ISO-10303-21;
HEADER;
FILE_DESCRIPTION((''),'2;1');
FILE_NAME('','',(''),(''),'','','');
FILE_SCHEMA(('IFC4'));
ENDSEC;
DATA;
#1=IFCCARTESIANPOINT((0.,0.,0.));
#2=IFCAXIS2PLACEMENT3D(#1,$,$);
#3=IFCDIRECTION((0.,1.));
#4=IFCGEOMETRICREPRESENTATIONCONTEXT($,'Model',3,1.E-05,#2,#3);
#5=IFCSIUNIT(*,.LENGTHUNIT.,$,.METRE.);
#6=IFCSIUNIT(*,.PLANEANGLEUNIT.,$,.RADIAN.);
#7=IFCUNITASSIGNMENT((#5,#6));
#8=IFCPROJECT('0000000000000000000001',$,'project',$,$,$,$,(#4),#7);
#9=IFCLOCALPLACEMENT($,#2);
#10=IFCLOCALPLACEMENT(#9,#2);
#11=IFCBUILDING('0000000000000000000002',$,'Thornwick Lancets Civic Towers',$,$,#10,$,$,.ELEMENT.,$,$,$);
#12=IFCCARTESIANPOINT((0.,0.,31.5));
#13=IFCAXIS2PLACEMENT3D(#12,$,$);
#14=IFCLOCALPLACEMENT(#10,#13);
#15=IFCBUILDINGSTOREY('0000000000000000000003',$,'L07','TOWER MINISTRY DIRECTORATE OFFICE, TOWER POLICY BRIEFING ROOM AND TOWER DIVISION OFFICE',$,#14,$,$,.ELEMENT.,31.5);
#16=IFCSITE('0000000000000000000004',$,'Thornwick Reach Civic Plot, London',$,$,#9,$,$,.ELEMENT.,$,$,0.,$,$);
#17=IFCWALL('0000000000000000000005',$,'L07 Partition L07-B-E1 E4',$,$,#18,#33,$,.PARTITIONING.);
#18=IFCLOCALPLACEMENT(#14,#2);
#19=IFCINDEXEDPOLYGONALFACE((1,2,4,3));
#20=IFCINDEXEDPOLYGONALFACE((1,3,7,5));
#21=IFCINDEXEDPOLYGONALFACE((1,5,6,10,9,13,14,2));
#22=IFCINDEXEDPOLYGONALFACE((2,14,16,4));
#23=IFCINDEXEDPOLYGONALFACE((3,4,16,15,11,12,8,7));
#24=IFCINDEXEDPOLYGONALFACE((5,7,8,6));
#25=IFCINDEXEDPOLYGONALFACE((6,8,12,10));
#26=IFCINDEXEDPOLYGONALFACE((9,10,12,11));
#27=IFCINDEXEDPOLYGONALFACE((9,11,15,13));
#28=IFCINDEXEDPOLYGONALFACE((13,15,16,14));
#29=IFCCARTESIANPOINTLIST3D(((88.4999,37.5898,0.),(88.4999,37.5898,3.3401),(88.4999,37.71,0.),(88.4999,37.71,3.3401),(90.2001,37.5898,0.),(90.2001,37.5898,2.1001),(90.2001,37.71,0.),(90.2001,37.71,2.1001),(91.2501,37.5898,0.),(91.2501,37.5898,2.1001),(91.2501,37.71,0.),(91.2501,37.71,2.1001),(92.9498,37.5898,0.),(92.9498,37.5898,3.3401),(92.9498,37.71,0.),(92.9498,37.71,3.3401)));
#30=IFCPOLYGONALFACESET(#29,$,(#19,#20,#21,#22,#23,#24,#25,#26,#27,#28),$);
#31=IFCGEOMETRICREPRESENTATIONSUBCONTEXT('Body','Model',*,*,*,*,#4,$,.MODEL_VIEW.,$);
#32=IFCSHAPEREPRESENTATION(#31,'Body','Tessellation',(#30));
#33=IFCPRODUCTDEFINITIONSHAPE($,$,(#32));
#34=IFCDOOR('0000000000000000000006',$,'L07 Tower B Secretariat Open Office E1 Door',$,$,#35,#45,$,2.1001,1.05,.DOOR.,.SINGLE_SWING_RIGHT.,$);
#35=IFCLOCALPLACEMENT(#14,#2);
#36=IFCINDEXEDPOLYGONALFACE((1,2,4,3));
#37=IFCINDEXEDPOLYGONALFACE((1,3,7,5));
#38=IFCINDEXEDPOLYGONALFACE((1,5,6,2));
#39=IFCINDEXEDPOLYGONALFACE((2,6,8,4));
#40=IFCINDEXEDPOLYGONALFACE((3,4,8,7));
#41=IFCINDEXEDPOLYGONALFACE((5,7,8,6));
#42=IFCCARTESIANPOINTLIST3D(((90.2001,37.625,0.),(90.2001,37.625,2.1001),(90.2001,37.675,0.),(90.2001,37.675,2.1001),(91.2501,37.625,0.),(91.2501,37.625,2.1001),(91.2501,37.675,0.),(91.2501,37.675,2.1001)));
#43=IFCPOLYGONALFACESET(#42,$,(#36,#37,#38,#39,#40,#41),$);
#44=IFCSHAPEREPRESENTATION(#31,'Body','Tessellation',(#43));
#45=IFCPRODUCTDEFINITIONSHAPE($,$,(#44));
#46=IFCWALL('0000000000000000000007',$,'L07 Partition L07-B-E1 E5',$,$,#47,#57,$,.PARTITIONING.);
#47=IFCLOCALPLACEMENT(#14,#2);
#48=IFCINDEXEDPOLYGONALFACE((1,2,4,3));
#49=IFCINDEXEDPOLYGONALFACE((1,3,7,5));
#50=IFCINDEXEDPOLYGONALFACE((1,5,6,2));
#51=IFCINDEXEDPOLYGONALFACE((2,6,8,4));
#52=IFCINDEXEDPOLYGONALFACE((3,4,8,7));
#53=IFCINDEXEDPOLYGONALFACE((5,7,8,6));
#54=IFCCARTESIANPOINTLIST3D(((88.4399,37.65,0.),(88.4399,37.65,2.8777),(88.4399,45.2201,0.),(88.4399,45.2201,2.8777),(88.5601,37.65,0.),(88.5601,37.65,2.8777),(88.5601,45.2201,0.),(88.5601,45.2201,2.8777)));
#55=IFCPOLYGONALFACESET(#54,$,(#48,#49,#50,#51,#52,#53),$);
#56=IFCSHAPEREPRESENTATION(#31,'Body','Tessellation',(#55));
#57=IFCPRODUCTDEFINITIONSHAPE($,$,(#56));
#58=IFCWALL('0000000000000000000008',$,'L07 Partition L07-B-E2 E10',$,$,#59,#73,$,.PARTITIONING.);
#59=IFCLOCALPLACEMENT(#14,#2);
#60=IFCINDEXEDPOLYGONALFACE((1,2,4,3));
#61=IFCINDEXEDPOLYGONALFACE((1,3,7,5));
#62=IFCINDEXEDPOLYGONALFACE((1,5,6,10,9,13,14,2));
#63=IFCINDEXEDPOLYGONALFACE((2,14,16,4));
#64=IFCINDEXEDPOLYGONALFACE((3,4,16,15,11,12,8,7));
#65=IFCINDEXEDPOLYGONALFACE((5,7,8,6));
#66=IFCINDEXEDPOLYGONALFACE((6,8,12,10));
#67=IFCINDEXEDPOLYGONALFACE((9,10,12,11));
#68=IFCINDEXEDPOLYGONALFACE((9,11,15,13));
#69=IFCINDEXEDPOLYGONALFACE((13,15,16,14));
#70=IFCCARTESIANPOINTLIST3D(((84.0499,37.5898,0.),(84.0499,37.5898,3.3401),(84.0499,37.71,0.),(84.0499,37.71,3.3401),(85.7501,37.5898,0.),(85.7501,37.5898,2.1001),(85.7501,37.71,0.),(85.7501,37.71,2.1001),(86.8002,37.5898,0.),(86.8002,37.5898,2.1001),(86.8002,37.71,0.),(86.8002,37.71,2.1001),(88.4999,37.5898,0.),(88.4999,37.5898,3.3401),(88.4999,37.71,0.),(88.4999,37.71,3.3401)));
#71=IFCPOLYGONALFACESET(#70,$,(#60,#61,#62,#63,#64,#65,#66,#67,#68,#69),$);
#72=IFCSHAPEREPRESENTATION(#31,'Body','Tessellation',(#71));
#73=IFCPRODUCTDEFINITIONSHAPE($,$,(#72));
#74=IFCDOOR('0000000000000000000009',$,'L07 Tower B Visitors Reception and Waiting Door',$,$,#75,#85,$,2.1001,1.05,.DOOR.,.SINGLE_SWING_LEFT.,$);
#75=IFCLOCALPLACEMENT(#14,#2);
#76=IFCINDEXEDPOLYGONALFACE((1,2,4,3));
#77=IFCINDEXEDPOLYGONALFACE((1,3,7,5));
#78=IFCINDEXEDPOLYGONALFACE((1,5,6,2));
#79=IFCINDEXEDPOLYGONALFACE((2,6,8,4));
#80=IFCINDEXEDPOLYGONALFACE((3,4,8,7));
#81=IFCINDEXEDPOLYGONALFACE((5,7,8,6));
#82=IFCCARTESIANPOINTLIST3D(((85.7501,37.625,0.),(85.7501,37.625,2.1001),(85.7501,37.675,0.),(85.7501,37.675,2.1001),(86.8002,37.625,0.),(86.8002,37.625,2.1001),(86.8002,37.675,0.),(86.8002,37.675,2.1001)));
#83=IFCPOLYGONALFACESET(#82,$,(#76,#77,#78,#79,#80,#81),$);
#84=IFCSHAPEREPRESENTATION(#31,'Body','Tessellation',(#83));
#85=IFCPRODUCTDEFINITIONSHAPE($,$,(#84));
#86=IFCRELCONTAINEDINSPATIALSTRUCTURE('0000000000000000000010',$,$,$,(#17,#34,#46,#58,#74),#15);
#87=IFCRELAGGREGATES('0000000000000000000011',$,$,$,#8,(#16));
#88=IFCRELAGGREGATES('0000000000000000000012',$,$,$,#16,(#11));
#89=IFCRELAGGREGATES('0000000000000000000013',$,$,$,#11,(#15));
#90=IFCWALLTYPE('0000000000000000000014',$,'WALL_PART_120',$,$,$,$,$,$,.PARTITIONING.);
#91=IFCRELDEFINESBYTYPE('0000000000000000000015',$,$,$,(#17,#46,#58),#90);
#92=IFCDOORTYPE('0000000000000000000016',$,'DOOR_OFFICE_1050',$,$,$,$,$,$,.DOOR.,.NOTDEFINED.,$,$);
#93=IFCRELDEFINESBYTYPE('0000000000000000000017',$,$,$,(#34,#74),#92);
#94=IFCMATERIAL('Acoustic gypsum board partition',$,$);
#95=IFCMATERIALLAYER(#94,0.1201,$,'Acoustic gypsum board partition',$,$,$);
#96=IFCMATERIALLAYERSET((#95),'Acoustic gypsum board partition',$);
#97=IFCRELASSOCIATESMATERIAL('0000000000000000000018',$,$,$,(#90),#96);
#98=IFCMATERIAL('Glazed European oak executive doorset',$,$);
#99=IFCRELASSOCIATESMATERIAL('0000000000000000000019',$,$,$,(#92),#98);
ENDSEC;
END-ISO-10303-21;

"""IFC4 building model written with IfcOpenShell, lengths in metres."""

from ifc_helpers import new_model, si_unit, direction, frame, frame_2d, origin, place, context, subcontext, project, spatial, rectangle, extrude, material, layer, layer_set, type_object, element, fill, save


model = new_model("IFC4")

# Units and contexts
model_context = context("Model", 3, precision=1e-05, world=origin(), true_north=direction((0.0, 1.0)))
body_context = subcontext(model_context, "Body", "Model", "MODEL_VIEW")
ifc_project = project(units=[si_unit("LENGTHUNIT", "METRE"), si_unit("PLANEANGLEUNIT", "RADIAN")], contexts=[model_context])

# Site, building, storey
site_placement = place(None, origin())
site = spatial("IfcSite", under=ifc_project, at=site_placement, Name="Thornwick Reach Civic Plot, London", CompositionType="ELEMENT", RefElevation=0.0)
building_placement = place(site_placement, origin())
building = spatial("IfcBuilding", under=site, at=building_placement, Name="Thornwick Lancets Civic Towers", CompositionType="ELEMENT")
storey_placement = place(building_placement, frame((0.0, 0.0, 31.5)))
storey = spatial("IfcBuildingStorey", under=building, at=storey_placement, Name="L07", Description="TOWER MINISTRY DIRECTORATE OFFICE, TOWER POLICY BRIEFING ROOM AND TOWER DIVISION OFFICE", CompositionType="ELEMENT", Elevation=31.5)

# Shared definitions
ifc_material_1 = material(Name="Acoustic gypsum board partition")
ifc_layer_1 = layer(ifc_material_1, 0.1201, Name="Acoustic gypsum board partition")
ifc_layer_set_1 = layer_set([ifc_layer_1], Name="Acoustic gypsum board partition")
wall_type_1 = type_object("IfcWallType", Name="WALL_PART_120", PredefinedType="PARTITIONING", material=ifc_layer_set_1)

# Wall, opening, door
wall_1_placement = place(storey_placement, frame((92.95, 37.6499, 0.0), z_axis=(0.0, 0.0, 1.0), x_axis=(-1.0, 0.0, 0.0)))
wall_1 = element("IfcWall", 1, at=wall_1_placement, inside=storey, type_object=wall_type_1, Name="L07 Partition L07-B-E1 E4", PredefinedType="PARTITIONING", context=body_context, shape_type="SweptSolid", body=[
    extrude(rectangle(XDim=4.45, YDim=0.1201, at=frame_2d((2.2251, 0.0))), origin(), (0.0, 0.0, 1.0), 3.3401),
])
opening_1_placement = place(wall_1_placement, frame((1.7, 0.0, 0.0)))
opening_1 = element("IfcOpeningElement", 2, at=opening_1_placement, cuts=wall_1, PredefinedType="OPENING", context=body_context, shape_type="SweptSolid", body=[
    extrude(rectangle(XDim=1.05, YDim=2.1001, at=frame_2d((0.5249, 1.05))), frame((0.0, 0.0701, 0.0), z_axis=(0.0, -1.0, 0.0), x_axis=(1.0, 0.0, 0.0)), (0.0, 0.0, 1.0), 0.1401),
])
ifc_material_2 = material(Name="Glazed European oak executive doorset")
door_type_1 = type_object("IfcDoorType", Name="DOOR_OFFICE_1050", OperationType="NOTDEFINED", PredefinedType="DOOR", material=ifc_material_2)
door_1_placement = place(opening_1_placement, origin())
door_1 = element("IfcDoor", 3, at=door_1_placement, inside=storey, type_object=door_type_1, Name="L07 Tower B Secretariat Open Office E1 Door", OperationType="SINGLE_SWING_RIGHT", OverallHeight=2.1001, OverallWidth=1.05, PredefinedType="DOOR", context=body_context, shape_type="SweptSolid", body=[
    extrude(rectangle(XDim=1.05, YDim=2.1001, at=frame_2d((0.5249, 1.05))), frame((0.0, 0.0249, 0.0), z_axis=(0.0, -1.0, 0.0), x_axis=(1.0, 0.0, 0.0)), (0.0, 0.0, 1.0), 0.05),
])
fill(opening_1, door_1)

# Wall
wall_2_placement = place(storey_placement, frame((88.5, 37.6499, 0.0), z_axis=(0.0, 0.0, 1.0), x_axis=(0.0, 1.0, 0.0)))
element("IfcWall", 4, at=wall_2_placement, inside=storey, type_object=wall_type_1, Name="L07 Partition L07-B-E1 E5", PredefinedType="PARTITIONING", context=body_context, shape_type="SweptSolid", body=[
    extrude(rectangle(XDim=7.5701, YDim=0.1201, at=frame_2d((3.7852, 0.0))), origin(), (0.0, 0.0, 1.0), 2.8777),
])

# Wall, opening, door
wall_3_placement = place(storey_placement, frame((88.5, 37.6499, 0.0), z_axis=(0.0, 0.0, 1.0), x_axis=(-1.0, 0.0, 0.0)))
wall_3 = element("IfcWall", 5, at=wall_3_placement, inside=storey, type_object=wall_type_1, Name="L07 Partition L07-B-E2 E10", PredefinedType="PARTITIONING", context=body_context, shape_type="SweptSolid", body=[
    extrude(rectangle(XDim=4.45, YDim=0.1201, at=frame_2d((2.2251, 0.0))), origin(), (0.0, 0.0, 1.0), 3.3401),
])
opening_2_placement = place(wall_3_placement, frame((1.7, 0.0, 0.0)))
opening_2 = element("IfcOpeningElement", 6, at=opening_2_placement, cuts=wall_3, PredefinedType="OPENING", context=body_context, shape_type="SweptSolid", body=[
    extrude(rectangle(XDim=1.05, YDim=2.1001, at=frame_2d((0.5249, 1.05))), frame((0.0, 0.0701, 0.0), z_axis=(0.0, -1.0, 0.0), x_axis=(1.0, 0.0, 0.0)), (0.0, 0.0, 1.0), 0.1401),
])
door_2_placement = place(opening_2_placement, origin())
door_2 = element("IfcDoor", 7, at=door_2_placement, inside=storey, type_object=door_type_1, Name="L07 Tower B Visitors Reception and Waiting Door", OperationType="SINGLE_SWING_LEFT", OverallHeight=2.1001, OverallWidth=1.05, PredefinedType="DOOR", context=body_context, shape_type="SweptSolid", body=[
    extrude(rectangle(XDim=1.05, YDim=2.1001, at=frame_2d((0.5249, 1.05))), frame((0.0, 0.0249, 0.0), z_axis=(0.0, -1.0, 0.0), x_axis=(1.0, 0.0, 0.0)), (0.0, 0.0, 1.0), 0.05),
])
fill(opening_2, door_2)

save(model, "model.ifc")
